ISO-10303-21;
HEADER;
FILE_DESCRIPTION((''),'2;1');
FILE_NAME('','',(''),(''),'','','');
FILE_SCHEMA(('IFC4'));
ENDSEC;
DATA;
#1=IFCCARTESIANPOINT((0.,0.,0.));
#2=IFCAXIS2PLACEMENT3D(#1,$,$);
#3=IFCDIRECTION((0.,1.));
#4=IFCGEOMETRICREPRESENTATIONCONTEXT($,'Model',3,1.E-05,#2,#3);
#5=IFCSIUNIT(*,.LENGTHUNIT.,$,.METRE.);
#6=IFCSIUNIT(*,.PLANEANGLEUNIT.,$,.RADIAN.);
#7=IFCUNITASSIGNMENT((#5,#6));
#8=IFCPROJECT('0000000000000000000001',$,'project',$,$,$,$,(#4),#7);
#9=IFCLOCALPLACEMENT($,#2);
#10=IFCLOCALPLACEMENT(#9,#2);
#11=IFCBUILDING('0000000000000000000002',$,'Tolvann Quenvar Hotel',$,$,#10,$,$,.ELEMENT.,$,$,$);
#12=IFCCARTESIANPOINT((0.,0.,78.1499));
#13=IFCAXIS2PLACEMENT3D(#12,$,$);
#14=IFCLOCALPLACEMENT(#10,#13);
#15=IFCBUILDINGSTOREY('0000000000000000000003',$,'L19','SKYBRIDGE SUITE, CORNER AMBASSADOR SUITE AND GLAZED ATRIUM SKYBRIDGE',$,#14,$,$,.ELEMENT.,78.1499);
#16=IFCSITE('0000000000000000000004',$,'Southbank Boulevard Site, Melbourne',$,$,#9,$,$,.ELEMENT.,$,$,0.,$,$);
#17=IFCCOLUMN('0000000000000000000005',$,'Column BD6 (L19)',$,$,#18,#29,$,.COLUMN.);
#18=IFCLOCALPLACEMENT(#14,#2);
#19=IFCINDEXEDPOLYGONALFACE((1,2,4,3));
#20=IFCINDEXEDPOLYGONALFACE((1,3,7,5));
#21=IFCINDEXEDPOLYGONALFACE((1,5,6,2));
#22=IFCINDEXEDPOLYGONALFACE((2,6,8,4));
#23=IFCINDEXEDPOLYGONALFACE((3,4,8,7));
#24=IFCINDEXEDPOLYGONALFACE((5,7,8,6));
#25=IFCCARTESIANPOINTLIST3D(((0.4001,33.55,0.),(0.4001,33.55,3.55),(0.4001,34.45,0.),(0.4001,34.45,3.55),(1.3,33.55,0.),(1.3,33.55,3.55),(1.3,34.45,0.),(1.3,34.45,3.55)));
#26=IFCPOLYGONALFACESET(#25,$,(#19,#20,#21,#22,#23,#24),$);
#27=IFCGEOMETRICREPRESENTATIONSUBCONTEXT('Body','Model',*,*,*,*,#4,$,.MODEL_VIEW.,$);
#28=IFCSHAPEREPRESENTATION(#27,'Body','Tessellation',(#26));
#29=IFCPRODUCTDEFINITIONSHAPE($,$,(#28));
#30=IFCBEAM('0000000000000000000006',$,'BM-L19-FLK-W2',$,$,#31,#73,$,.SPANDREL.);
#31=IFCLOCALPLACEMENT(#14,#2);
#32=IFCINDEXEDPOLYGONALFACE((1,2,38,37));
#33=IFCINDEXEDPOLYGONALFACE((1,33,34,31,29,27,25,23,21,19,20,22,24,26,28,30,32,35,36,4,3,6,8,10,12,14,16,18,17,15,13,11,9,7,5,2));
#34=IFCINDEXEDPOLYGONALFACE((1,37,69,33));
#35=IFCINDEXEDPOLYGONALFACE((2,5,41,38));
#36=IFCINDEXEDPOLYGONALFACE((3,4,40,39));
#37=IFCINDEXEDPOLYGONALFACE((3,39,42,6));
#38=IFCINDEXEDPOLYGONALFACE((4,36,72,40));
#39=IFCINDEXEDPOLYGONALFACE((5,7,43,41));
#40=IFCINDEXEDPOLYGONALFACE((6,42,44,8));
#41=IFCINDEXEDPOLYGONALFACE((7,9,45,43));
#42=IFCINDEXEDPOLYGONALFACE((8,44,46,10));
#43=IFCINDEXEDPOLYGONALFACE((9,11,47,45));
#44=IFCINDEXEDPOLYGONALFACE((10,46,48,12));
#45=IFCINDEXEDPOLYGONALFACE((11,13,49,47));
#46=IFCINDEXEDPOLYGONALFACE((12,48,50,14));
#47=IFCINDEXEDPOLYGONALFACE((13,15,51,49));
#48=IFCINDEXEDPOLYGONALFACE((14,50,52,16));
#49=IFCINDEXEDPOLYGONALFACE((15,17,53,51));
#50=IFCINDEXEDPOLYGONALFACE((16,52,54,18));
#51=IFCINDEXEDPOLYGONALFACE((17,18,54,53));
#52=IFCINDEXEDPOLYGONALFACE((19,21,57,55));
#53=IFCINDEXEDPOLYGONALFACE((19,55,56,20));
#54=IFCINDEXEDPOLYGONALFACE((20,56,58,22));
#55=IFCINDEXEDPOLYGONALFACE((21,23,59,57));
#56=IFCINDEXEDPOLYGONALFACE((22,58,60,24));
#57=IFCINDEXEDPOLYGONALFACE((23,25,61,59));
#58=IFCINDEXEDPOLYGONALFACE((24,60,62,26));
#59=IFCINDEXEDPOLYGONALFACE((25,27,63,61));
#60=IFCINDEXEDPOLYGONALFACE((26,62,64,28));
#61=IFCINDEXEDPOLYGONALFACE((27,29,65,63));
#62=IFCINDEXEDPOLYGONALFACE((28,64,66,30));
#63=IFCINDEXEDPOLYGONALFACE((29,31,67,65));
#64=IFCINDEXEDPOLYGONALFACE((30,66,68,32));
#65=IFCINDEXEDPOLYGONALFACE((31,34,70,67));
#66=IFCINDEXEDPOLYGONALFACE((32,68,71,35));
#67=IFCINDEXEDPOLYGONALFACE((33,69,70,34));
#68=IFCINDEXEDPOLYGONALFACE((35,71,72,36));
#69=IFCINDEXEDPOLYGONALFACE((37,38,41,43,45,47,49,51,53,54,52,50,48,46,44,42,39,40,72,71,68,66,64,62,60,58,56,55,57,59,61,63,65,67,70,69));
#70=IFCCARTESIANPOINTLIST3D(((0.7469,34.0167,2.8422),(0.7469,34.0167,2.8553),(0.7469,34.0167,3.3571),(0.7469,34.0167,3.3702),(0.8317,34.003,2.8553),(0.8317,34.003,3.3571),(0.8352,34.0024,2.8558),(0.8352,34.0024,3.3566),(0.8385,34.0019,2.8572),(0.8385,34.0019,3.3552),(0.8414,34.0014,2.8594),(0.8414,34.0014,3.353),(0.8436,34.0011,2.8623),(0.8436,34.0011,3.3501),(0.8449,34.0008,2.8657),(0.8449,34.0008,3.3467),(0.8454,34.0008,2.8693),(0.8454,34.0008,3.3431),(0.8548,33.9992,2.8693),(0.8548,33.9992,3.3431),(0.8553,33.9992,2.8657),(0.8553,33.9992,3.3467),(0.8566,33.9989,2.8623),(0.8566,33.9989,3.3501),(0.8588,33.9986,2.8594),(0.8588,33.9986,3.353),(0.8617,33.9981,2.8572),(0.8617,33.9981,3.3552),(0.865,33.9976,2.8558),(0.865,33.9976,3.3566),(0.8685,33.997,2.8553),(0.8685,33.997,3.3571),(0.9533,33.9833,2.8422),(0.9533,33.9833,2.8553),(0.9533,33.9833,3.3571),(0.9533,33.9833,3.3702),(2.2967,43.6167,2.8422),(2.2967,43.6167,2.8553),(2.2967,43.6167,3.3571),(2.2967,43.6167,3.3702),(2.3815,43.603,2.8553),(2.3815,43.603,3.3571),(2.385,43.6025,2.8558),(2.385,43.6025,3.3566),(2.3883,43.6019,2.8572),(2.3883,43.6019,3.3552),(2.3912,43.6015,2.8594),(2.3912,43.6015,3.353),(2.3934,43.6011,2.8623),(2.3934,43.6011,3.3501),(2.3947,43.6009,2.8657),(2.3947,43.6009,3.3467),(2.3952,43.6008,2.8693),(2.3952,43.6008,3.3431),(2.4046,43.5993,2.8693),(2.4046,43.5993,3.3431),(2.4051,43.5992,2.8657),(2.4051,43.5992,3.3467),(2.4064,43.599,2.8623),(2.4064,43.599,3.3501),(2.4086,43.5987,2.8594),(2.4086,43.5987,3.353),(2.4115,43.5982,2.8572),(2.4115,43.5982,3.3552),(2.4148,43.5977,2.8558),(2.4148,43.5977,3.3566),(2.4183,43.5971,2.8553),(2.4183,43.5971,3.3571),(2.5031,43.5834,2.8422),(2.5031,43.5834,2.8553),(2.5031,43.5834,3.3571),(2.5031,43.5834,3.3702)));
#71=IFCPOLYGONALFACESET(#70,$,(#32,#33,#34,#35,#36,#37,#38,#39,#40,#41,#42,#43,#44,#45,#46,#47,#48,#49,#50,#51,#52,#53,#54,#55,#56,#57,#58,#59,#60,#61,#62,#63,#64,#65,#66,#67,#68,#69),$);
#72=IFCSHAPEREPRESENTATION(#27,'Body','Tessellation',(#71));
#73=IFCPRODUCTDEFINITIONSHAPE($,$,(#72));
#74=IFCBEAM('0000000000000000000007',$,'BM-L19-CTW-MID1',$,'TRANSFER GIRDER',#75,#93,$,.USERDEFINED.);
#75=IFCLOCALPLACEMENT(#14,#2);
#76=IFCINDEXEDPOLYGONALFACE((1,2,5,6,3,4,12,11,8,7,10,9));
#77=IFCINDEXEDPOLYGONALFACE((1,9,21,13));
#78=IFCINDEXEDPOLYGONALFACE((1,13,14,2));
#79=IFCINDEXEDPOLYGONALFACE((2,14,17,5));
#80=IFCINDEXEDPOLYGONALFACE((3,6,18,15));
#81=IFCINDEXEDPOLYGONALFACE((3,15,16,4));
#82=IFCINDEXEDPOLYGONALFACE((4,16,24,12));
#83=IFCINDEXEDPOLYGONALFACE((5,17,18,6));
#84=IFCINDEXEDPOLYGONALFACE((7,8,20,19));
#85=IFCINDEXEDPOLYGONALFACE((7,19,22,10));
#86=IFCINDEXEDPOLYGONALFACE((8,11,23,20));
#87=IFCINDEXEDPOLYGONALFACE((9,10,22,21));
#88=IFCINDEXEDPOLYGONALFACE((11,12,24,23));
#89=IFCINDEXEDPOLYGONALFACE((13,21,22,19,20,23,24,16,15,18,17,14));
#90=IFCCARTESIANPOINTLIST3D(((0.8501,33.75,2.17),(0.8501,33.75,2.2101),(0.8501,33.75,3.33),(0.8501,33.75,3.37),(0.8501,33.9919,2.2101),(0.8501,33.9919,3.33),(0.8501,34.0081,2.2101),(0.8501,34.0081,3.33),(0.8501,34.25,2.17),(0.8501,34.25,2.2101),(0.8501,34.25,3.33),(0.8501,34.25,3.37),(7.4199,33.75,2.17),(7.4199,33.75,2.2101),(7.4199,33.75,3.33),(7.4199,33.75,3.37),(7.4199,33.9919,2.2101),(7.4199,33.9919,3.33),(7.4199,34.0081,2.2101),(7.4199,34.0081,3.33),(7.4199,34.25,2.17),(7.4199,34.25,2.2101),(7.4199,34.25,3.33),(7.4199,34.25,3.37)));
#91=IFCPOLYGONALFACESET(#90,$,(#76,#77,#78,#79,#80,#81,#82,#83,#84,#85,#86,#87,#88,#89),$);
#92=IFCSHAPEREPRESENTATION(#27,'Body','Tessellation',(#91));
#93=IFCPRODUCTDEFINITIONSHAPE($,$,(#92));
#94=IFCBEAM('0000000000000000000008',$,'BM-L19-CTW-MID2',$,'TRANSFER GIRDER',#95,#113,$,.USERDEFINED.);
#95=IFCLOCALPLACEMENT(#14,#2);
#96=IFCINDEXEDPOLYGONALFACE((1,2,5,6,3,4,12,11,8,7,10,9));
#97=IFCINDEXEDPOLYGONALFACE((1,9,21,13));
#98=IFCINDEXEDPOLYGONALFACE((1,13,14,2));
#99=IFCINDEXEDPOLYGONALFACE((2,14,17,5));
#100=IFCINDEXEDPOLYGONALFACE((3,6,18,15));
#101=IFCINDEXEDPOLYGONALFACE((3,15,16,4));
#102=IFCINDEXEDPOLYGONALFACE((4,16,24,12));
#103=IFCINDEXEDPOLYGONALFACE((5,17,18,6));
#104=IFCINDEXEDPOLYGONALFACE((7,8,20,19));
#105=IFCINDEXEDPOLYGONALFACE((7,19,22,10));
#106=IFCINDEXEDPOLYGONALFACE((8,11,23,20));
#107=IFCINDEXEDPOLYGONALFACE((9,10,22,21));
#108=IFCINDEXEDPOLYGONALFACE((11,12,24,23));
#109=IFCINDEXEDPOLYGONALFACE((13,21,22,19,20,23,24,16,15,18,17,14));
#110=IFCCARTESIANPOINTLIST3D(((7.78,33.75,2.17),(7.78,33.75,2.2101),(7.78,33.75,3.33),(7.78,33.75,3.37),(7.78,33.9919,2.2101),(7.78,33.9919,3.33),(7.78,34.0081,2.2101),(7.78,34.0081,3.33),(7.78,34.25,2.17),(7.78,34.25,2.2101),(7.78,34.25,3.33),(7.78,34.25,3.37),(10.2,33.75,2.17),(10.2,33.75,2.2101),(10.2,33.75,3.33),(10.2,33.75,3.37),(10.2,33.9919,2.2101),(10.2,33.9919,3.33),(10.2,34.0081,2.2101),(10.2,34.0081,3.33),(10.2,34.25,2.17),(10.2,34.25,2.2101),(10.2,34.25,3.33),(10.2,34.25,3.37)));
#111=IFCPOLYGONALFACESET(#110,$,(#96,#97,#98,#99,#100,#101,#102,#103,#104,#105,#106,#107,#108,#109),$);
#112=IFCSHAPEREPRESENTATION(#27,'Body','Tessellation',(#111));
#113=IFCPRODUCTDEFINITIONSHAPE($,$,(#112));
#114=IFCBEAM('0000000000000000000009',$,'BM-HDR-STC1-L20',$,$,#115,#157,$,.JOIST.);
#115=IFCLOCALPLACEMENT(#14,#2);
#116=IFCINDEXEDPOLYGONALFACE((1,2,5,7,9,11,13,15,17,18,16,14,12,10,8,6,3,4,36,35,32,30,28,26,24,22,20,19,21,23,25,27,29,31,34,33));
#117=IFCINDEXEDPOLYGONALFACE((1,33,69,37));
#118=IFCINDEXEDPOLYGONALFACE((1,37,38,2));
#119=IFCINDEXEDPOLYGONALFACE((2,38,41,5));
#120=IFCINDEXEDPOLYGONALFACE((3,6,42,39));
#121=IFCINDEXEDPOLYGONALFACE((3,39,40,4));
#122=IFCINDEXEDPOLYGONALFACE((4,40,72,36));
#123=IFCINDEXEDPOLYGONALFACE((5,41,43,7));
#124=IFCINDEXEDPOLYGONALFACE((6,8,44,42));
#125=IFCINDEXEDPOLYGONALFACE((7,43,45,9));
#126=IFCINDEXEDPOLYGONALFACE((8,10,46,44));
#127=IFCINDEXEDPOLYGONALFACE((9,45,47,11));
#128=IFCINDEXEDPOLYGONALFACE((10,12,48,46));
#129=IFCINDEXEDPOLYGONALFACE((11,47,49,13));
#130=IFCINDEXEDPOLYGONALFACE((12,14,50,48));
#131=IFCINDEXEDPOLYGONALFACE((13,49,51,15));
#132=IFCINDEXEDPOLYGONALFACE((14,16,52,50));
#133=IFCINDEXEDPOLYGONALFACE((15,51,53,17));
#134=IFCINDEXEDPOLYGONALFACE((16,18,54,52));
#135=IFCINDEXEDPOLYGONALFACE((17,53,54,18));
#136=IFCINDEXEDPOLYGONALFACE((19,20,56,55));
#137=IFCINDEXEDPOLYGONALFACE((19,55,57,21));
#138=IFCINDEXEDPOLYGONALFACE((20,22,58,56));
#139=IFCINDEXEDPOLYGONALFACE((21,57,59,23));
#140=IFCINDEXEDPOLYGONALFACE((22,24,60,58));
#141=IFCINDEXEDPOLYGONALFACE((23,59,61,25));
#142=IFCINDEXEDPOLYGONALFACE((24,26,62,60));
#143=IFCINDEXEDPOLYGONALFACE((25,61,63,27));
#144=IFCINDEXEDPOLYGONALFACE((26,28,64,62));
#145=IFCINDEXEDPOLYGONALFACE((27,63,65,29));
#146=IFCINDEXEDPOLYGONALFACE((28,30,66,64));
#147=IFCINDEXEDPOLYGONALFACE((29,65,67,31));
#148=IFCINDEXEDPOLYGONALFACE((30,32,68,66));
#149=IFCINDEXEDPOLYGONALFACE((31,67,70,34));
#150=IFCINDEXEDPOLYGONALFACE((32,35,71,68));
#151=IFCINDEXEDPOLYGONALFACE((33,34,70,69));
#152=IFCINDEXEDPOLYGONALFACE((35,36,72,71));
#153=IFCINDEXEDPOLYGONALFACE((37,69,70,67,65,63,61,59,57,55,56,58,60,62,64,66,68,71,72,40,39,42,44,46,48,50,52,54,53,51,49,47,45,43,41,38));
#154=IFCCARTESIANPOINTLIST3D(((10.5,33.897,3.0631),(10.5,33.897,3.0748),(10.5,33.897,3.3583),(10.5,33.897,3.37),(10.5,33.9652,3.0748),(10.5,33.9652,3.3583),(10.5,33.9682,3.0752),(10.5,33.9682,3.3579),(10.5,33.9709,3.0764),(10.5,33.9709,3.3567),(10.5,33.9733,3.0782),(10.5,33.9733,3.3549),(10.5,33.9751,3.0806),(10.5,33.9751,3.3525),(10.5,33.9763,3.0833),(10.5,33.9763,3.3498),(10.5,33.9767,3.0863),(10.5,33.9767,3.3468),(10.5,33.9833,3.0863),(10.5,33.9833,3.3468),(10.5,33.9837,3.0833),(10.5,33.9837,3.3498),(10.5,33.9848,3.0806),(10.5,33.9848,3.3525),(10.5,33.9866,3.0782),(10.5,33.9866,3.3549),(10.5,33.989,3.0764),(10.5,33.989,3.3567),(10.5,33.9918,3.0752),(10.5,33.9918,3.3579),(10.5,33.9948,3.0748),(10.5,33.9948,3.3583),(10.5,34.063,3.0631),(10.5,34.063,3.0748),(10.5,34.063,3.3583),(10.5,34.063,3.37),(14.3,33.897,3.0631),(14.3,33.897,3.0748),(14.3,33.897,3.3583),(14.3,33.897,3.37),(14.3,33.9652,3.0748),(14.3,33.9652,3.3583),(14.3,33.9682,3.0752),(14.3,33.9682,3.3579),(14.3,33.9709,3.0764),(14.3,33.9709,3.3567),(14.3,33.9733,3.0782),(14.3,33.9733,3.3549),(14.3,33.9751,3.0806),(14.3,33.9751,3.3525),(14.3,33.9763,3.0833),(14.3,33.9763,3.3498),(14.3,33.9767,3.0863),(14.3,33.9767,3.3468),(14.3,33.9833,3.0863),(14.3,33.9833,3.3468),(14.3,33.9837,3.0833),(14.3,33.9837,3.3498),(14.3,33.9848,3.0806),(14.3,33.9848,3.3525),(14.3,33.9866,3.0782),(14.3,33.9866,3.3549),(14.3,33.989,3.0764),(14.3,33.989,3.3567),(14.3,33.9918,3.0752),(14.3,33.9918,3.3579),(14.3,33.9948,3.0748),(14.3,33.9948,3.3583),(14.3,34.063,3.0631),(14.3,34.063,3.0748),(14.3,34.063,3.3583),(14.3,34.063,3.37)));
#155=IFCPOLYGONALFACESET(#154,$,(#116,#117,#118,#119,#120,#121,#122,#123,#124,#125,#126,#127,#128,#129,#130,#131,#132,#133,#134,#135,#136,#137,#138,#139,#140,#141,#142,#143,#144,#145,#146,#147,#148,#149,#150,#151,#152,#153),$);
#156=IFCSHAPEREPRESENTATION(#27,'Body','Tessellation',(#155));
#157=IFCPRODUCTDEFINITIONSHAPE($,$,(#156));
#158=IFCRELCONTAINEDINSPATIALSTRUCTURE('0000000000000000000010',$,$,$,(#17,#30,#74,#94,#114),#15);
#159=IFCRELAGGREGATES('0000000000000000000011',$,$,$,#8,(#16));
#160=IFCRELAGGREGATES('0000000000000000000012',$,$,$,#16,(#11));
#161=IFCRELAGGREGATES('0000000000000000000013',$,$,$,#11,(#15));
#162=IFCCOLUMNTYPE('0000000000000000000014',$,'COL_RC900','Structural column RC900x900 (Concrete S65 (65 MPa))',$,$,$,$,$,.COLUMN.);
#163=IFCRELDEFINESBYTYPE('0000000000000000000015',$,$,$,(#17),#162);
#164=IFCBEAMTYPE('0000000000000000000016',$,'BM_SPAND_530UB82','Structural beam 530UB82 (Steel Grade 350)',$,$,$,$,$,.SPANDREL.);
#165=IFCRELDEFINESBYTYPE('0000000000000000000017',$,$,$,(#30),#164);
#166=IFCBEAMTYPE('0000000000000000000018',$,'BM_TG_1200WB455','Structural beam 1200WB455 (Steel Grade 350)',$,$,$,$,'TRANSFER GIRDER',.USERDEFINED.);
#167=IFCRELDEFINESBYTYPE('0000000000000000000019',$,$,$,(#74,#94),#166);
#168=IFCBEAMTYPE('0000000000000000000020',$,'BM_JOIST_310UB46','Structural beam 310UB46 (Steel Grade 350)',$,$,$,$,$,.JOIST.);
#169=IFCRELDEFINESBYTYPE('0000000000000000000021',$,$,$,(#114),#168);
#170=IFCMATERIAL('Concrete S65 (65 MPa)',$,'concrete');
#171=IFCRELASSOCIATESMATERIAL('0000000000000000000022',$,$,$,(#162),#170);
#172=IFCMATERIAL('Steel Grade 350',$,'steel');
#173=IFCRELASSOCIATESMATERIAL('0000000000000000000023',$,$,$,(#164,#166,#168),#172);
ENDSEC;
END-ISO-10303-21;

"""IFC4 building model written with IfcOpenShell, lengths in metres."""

from ifc_helpers import new_model, si_unit, direction, frame, origin, origin_2d, place, context, subcontext, project, spatial, rectangle, i_section, extrude, source, transform, mapped, material, material_profile, profile_set, type_object, type_shapes, element, save


model = new_model("IFC4")

# Units and contexts
model_context = context("Model", 3, precision=1e-05, world=origin(), true_north=direction((0.0, 1.0)))
body_context = subcontext(model_context, "Body", "Model", "MODEL_VIEW")
ifc_project = project(units=[si_unit("LENGTHUNIT", "METRE"), si_unit("PLANEANGLEUNIT", "RADIAN")], contexts=[model_context])

# Site, building, storey
site_placement = place(None, origin())
site = spatial("IfcSite", under=ifc_project, at=site_placement, Name="Southbank Boulevard Site, Melbourne", CompositionType="ELEMENT", RefElevation=0.0)
building_placement = place(site_placement, origin())
building = spatial("IfcBuilding", under=site, at=building_placement, Name="Tolvann Quenvar Hotel", CompositionType="ELEMENT")
storey_placement = place(building_placement, frame((0.0, 0.0, 78.1499)))
storey = spatial("IfcBuildingStorey", under=building, at=storey_placement, Name="L19", Description="SKYBRIDGE SUITE, CORNER AMBASSADOR SUITE AND GLAZED ATRIUM SKYBRIDGE", CompositionType="ELEMENT", Elevation=78.1499)

# Column
ifc_material_1 = material(Name="Concrete S65 (65 MPa)", Category="concrete")
ifc_material_profile_1 = material_profile(ifc_material_1, rectangle(XDim=0.8999, YDim=0.8999, at=origin_2d()), Name="RC900x900")
ifc_profile_set_1 = profile_set([ifc_material_profile_1], Name="Concrete S65 (65 MPa)")
column_type = type_object("IfcColumnType", Name="COL_RC900", Description="Structural column RC900x900 (Concrete S65 (65 MPa))", PredefinedType="COLUMN", material=ifc_profile_set_1)
shared_shape_1 = source(origin(), body_context, "Body", "SweptSolid", [
    extrude(rectangle(XDim=0.8999, YDim=0.8999, at=origin_2d()), origin(), (0.0, 0.0, 1.0), 3.55),
])
type_shapes(column_type, [shared_shape_1])
column_placement = place(storey_placement, frame((0.8501, 34.0, 0.0), z_axis=(0.0, 0.0, 1.0), x_axis=(1.0, 0.0, 0.0)))
element("IfcColumn", 1, at=column_placement, inside=storey, type_object=column_type, Name="Column BD6 (L19)", PredefinedType="COLUMN", context=body_context, shape_type="MappedRepresentation", body=[
    mapped(shared_shape_1, transform((0.0, 0.0, 0.0), x_axis=(1.0, 0.0, 0.0), y_axis=(0.0, 1.0, 0.0), z_axis=(0.0, 0.0, 1.0), scale=1.0)),
])

# Beams
ifc_material_2 = material(Name="Steel Grade 350", Category="steel")
ifc_material_profile_2 = material_profile(ifc_material_2, i_section(OverallWidth=0.209, OverallDepth=0.5281, WebThickness=0.0095, FlangeThickness=0.0132, FilletRadius=0.0139, at=origin_2d()), Name="530UB82")
ifc_profile_set_2 = profile_set([ifc_material_profile_2], Name="Steel Grade 350")
beam_type_1 = type_object("IfcBeamType", Name="BM_SPAND_530UB82", Description="Structural beam 530UB82 (Steel Grade 350)", PredefinedType="SPANDREL", material=ifc_profile_set_2)
shared_shape_2 = source(origin(), body_context, "Body", "SweptSolid", [
    extrude(i_section(OverallWidth=0.209, OverallDepth=0.5281, WebThickness=0.0095, FlangeThickness=0.0132, FilletRadius=0.0139, at=origin_2d()), origin(), (0.0, 0.0, 1.0), 9.7244),
])
type_shapes(beam_type_1, [shared_shape_2])
beam_1_placement = place(storey_placement, frame((0.8501, 34.0, 3.1062), z_axis=(0.159373, 0.987218, 0.0), x_axis=(-0.987218, 0.159373, 0.0)))
element("IfcBeam", 2, at=beam_1_placement, inside=storey, type_object=beam_type_1, Name="BM-L19-FLK-W2", PredefinedType="SPANDREL", context=body_context, shape_type="MappedRepresentation", body=[
    mapped(shared_shape_2, transform((0.0, 0.0, 0.0), x_axis=(1.0, 0.0, 0.0), y_axis=(0.0, 1.0, 0.0), z_axis=(0.0, 0.0, 1.0), scale=1.0)),
])
ifc_material_profile_3 = material_profile(ifc_material_2, i_section(OverallWidth=0.5, OverallDepth=1.2, WebThickness=0.0161, FlangeThickness=0.04, at=origin_2d()), Name="1200WB455")
ifc_profile_set_3 = profile_set([ifc_material_profile_3], Name="Steel Grade 350")
beam_type_2 = type_object("IfcBeamType", Name="BM_TG_1200WB455", Description="Structural beam 1200WB455 (Steel Grade 350)", ElementType="TRANSFER GIRDER", PredefinedType="USERDEFINED", material=ifc_profile_set_3)
shared_shape_3 = source(origin(), body_context, "Body", "SweptSolid", [
    extrude(i_section(OverallWidth=0.5, OverallDepth=1.2, WebThickness=0.0161, FlangeThickness=0.04, at=origin_2d()), origin(), (0.0, 0.0, 1.0), 6.5698),
])
beam_2_placement = place(storey_placement, frame((0.8501, 34.0, 2.77), z_axis=(1.0, 0.0, 0.0), x_axis=(0.0, 1.0, 0.0)))
element("IfcBeam", 3, at=beam_2_placement, inside=storey, type_object=beam_type_2, Name="BM-L19-CTW-MID1", ObjectType="TRANSFER GIRDER", PredefinedType="USERDEFINED", context=body_context, shape_type="MappedRepresentation", body=[
    mapped(shared_shape_3, transform((0.0, 0.0, 0.0), x_axis=(1.0, 0.0, 0.0), y_axis=(0.0, 1.0, 0.0), z_axis=(0.0, 0.0, 1.0), scale=1.0)),
])
shared_shape_4 = source(origin(), body_context, "Body", "SweptSolid", [
    extrude(i_section(OverallWidth=0.5, OverallDepth=1.2, WebThickness=0.0161, FlangeThickness=0.04, at=origin_2d()), origin(), (0.0, 0.0, 1.0), 2.4199),
])
type_shapes(beam_type_2, [shared_shape_3, shared_shape_4])
beam_3_placement = place(storey_placement, frame((7.78, 34.0, 2.77), z_axis=(1.0, 0.0, 0.0), x_axis=(0.0, 1.0, 0.0)))
element("IfcBeam", 4, at=beam_3_placement, inside=storey, type_object=beam_type_2, Name="BM-L19-CTW-MID2", ObjectType="TRANSFER GIRDER", PredefinedType="USERDEFINED", context=body_context, shape_type="MappedRepresentation", body=[
    mapped(shared_shape_4, transform((0.0, 0.0, 0.0), x_axis=(1.0, 0.0, 0.0), y_axis=(0.0, 1.0, 0.0), z_axis=(0.0, 0.0, 1.0), scale=1.0)),
])
ifc_material_profile_4 = material_profile(ifc_material_2, i_section(OverallWidth=0.166, OverallDepth=0.3069, WebThickness=0.0066, FlangeThickness=0.0117, FilletRadius=0.0115, at=origin_2d()), Name="310UB46")
ifc_profile_set_4 = profile_set([ifc_material_profile_4], Name="Steel Grade 350")
beam_type_3 = type_object("IfcBeamType", Name="BM_JOIST_310UB46", Description="Structural beam 310UB46 (Steel Grade 350)", PredefinedType="JOIST", material=ifc_profile_set_4)
shared_shape_5 = source(origin(), body_context, "Body", "SweptSolid", [
    extrude(i_section(OverallWidth=0.166, OverallDepth=0.3069, WebThickness=0.0066, FlangeThickness=0.0117, FilletRadius=0.0115, at=origin_2d()), origin(), (0.0, 0.0, 1.0), 3.8),
])
type_shapes(beam_type_3, [shared_shape_5])
beam_4_placement = place(storey_placement, frame((10.5, 33.98, 3.2166), z_axis=(1.0, 0.0, 0.0), x_axis=(0.0, 1.0, 0.0)))
element("IfcBeam", 5, at=beam_4_placement, inside=storey, type_object=beam_type_3, Name="BM-HDR-STC1-L20", PredefinedType="JOIST", context=body_context, shape_type="MappedRepresentation", body=[
    mapped(shared_shape_5, transform((0.0, 0.0, 0.0), x_axis=(1.0, 0.0, 0.0), y_axis=(0.0, 1.0, 0.0), z_axis=(0.0, 0.0, 1.0), scale=1.0)),
])

save(model, "model.ifc")
